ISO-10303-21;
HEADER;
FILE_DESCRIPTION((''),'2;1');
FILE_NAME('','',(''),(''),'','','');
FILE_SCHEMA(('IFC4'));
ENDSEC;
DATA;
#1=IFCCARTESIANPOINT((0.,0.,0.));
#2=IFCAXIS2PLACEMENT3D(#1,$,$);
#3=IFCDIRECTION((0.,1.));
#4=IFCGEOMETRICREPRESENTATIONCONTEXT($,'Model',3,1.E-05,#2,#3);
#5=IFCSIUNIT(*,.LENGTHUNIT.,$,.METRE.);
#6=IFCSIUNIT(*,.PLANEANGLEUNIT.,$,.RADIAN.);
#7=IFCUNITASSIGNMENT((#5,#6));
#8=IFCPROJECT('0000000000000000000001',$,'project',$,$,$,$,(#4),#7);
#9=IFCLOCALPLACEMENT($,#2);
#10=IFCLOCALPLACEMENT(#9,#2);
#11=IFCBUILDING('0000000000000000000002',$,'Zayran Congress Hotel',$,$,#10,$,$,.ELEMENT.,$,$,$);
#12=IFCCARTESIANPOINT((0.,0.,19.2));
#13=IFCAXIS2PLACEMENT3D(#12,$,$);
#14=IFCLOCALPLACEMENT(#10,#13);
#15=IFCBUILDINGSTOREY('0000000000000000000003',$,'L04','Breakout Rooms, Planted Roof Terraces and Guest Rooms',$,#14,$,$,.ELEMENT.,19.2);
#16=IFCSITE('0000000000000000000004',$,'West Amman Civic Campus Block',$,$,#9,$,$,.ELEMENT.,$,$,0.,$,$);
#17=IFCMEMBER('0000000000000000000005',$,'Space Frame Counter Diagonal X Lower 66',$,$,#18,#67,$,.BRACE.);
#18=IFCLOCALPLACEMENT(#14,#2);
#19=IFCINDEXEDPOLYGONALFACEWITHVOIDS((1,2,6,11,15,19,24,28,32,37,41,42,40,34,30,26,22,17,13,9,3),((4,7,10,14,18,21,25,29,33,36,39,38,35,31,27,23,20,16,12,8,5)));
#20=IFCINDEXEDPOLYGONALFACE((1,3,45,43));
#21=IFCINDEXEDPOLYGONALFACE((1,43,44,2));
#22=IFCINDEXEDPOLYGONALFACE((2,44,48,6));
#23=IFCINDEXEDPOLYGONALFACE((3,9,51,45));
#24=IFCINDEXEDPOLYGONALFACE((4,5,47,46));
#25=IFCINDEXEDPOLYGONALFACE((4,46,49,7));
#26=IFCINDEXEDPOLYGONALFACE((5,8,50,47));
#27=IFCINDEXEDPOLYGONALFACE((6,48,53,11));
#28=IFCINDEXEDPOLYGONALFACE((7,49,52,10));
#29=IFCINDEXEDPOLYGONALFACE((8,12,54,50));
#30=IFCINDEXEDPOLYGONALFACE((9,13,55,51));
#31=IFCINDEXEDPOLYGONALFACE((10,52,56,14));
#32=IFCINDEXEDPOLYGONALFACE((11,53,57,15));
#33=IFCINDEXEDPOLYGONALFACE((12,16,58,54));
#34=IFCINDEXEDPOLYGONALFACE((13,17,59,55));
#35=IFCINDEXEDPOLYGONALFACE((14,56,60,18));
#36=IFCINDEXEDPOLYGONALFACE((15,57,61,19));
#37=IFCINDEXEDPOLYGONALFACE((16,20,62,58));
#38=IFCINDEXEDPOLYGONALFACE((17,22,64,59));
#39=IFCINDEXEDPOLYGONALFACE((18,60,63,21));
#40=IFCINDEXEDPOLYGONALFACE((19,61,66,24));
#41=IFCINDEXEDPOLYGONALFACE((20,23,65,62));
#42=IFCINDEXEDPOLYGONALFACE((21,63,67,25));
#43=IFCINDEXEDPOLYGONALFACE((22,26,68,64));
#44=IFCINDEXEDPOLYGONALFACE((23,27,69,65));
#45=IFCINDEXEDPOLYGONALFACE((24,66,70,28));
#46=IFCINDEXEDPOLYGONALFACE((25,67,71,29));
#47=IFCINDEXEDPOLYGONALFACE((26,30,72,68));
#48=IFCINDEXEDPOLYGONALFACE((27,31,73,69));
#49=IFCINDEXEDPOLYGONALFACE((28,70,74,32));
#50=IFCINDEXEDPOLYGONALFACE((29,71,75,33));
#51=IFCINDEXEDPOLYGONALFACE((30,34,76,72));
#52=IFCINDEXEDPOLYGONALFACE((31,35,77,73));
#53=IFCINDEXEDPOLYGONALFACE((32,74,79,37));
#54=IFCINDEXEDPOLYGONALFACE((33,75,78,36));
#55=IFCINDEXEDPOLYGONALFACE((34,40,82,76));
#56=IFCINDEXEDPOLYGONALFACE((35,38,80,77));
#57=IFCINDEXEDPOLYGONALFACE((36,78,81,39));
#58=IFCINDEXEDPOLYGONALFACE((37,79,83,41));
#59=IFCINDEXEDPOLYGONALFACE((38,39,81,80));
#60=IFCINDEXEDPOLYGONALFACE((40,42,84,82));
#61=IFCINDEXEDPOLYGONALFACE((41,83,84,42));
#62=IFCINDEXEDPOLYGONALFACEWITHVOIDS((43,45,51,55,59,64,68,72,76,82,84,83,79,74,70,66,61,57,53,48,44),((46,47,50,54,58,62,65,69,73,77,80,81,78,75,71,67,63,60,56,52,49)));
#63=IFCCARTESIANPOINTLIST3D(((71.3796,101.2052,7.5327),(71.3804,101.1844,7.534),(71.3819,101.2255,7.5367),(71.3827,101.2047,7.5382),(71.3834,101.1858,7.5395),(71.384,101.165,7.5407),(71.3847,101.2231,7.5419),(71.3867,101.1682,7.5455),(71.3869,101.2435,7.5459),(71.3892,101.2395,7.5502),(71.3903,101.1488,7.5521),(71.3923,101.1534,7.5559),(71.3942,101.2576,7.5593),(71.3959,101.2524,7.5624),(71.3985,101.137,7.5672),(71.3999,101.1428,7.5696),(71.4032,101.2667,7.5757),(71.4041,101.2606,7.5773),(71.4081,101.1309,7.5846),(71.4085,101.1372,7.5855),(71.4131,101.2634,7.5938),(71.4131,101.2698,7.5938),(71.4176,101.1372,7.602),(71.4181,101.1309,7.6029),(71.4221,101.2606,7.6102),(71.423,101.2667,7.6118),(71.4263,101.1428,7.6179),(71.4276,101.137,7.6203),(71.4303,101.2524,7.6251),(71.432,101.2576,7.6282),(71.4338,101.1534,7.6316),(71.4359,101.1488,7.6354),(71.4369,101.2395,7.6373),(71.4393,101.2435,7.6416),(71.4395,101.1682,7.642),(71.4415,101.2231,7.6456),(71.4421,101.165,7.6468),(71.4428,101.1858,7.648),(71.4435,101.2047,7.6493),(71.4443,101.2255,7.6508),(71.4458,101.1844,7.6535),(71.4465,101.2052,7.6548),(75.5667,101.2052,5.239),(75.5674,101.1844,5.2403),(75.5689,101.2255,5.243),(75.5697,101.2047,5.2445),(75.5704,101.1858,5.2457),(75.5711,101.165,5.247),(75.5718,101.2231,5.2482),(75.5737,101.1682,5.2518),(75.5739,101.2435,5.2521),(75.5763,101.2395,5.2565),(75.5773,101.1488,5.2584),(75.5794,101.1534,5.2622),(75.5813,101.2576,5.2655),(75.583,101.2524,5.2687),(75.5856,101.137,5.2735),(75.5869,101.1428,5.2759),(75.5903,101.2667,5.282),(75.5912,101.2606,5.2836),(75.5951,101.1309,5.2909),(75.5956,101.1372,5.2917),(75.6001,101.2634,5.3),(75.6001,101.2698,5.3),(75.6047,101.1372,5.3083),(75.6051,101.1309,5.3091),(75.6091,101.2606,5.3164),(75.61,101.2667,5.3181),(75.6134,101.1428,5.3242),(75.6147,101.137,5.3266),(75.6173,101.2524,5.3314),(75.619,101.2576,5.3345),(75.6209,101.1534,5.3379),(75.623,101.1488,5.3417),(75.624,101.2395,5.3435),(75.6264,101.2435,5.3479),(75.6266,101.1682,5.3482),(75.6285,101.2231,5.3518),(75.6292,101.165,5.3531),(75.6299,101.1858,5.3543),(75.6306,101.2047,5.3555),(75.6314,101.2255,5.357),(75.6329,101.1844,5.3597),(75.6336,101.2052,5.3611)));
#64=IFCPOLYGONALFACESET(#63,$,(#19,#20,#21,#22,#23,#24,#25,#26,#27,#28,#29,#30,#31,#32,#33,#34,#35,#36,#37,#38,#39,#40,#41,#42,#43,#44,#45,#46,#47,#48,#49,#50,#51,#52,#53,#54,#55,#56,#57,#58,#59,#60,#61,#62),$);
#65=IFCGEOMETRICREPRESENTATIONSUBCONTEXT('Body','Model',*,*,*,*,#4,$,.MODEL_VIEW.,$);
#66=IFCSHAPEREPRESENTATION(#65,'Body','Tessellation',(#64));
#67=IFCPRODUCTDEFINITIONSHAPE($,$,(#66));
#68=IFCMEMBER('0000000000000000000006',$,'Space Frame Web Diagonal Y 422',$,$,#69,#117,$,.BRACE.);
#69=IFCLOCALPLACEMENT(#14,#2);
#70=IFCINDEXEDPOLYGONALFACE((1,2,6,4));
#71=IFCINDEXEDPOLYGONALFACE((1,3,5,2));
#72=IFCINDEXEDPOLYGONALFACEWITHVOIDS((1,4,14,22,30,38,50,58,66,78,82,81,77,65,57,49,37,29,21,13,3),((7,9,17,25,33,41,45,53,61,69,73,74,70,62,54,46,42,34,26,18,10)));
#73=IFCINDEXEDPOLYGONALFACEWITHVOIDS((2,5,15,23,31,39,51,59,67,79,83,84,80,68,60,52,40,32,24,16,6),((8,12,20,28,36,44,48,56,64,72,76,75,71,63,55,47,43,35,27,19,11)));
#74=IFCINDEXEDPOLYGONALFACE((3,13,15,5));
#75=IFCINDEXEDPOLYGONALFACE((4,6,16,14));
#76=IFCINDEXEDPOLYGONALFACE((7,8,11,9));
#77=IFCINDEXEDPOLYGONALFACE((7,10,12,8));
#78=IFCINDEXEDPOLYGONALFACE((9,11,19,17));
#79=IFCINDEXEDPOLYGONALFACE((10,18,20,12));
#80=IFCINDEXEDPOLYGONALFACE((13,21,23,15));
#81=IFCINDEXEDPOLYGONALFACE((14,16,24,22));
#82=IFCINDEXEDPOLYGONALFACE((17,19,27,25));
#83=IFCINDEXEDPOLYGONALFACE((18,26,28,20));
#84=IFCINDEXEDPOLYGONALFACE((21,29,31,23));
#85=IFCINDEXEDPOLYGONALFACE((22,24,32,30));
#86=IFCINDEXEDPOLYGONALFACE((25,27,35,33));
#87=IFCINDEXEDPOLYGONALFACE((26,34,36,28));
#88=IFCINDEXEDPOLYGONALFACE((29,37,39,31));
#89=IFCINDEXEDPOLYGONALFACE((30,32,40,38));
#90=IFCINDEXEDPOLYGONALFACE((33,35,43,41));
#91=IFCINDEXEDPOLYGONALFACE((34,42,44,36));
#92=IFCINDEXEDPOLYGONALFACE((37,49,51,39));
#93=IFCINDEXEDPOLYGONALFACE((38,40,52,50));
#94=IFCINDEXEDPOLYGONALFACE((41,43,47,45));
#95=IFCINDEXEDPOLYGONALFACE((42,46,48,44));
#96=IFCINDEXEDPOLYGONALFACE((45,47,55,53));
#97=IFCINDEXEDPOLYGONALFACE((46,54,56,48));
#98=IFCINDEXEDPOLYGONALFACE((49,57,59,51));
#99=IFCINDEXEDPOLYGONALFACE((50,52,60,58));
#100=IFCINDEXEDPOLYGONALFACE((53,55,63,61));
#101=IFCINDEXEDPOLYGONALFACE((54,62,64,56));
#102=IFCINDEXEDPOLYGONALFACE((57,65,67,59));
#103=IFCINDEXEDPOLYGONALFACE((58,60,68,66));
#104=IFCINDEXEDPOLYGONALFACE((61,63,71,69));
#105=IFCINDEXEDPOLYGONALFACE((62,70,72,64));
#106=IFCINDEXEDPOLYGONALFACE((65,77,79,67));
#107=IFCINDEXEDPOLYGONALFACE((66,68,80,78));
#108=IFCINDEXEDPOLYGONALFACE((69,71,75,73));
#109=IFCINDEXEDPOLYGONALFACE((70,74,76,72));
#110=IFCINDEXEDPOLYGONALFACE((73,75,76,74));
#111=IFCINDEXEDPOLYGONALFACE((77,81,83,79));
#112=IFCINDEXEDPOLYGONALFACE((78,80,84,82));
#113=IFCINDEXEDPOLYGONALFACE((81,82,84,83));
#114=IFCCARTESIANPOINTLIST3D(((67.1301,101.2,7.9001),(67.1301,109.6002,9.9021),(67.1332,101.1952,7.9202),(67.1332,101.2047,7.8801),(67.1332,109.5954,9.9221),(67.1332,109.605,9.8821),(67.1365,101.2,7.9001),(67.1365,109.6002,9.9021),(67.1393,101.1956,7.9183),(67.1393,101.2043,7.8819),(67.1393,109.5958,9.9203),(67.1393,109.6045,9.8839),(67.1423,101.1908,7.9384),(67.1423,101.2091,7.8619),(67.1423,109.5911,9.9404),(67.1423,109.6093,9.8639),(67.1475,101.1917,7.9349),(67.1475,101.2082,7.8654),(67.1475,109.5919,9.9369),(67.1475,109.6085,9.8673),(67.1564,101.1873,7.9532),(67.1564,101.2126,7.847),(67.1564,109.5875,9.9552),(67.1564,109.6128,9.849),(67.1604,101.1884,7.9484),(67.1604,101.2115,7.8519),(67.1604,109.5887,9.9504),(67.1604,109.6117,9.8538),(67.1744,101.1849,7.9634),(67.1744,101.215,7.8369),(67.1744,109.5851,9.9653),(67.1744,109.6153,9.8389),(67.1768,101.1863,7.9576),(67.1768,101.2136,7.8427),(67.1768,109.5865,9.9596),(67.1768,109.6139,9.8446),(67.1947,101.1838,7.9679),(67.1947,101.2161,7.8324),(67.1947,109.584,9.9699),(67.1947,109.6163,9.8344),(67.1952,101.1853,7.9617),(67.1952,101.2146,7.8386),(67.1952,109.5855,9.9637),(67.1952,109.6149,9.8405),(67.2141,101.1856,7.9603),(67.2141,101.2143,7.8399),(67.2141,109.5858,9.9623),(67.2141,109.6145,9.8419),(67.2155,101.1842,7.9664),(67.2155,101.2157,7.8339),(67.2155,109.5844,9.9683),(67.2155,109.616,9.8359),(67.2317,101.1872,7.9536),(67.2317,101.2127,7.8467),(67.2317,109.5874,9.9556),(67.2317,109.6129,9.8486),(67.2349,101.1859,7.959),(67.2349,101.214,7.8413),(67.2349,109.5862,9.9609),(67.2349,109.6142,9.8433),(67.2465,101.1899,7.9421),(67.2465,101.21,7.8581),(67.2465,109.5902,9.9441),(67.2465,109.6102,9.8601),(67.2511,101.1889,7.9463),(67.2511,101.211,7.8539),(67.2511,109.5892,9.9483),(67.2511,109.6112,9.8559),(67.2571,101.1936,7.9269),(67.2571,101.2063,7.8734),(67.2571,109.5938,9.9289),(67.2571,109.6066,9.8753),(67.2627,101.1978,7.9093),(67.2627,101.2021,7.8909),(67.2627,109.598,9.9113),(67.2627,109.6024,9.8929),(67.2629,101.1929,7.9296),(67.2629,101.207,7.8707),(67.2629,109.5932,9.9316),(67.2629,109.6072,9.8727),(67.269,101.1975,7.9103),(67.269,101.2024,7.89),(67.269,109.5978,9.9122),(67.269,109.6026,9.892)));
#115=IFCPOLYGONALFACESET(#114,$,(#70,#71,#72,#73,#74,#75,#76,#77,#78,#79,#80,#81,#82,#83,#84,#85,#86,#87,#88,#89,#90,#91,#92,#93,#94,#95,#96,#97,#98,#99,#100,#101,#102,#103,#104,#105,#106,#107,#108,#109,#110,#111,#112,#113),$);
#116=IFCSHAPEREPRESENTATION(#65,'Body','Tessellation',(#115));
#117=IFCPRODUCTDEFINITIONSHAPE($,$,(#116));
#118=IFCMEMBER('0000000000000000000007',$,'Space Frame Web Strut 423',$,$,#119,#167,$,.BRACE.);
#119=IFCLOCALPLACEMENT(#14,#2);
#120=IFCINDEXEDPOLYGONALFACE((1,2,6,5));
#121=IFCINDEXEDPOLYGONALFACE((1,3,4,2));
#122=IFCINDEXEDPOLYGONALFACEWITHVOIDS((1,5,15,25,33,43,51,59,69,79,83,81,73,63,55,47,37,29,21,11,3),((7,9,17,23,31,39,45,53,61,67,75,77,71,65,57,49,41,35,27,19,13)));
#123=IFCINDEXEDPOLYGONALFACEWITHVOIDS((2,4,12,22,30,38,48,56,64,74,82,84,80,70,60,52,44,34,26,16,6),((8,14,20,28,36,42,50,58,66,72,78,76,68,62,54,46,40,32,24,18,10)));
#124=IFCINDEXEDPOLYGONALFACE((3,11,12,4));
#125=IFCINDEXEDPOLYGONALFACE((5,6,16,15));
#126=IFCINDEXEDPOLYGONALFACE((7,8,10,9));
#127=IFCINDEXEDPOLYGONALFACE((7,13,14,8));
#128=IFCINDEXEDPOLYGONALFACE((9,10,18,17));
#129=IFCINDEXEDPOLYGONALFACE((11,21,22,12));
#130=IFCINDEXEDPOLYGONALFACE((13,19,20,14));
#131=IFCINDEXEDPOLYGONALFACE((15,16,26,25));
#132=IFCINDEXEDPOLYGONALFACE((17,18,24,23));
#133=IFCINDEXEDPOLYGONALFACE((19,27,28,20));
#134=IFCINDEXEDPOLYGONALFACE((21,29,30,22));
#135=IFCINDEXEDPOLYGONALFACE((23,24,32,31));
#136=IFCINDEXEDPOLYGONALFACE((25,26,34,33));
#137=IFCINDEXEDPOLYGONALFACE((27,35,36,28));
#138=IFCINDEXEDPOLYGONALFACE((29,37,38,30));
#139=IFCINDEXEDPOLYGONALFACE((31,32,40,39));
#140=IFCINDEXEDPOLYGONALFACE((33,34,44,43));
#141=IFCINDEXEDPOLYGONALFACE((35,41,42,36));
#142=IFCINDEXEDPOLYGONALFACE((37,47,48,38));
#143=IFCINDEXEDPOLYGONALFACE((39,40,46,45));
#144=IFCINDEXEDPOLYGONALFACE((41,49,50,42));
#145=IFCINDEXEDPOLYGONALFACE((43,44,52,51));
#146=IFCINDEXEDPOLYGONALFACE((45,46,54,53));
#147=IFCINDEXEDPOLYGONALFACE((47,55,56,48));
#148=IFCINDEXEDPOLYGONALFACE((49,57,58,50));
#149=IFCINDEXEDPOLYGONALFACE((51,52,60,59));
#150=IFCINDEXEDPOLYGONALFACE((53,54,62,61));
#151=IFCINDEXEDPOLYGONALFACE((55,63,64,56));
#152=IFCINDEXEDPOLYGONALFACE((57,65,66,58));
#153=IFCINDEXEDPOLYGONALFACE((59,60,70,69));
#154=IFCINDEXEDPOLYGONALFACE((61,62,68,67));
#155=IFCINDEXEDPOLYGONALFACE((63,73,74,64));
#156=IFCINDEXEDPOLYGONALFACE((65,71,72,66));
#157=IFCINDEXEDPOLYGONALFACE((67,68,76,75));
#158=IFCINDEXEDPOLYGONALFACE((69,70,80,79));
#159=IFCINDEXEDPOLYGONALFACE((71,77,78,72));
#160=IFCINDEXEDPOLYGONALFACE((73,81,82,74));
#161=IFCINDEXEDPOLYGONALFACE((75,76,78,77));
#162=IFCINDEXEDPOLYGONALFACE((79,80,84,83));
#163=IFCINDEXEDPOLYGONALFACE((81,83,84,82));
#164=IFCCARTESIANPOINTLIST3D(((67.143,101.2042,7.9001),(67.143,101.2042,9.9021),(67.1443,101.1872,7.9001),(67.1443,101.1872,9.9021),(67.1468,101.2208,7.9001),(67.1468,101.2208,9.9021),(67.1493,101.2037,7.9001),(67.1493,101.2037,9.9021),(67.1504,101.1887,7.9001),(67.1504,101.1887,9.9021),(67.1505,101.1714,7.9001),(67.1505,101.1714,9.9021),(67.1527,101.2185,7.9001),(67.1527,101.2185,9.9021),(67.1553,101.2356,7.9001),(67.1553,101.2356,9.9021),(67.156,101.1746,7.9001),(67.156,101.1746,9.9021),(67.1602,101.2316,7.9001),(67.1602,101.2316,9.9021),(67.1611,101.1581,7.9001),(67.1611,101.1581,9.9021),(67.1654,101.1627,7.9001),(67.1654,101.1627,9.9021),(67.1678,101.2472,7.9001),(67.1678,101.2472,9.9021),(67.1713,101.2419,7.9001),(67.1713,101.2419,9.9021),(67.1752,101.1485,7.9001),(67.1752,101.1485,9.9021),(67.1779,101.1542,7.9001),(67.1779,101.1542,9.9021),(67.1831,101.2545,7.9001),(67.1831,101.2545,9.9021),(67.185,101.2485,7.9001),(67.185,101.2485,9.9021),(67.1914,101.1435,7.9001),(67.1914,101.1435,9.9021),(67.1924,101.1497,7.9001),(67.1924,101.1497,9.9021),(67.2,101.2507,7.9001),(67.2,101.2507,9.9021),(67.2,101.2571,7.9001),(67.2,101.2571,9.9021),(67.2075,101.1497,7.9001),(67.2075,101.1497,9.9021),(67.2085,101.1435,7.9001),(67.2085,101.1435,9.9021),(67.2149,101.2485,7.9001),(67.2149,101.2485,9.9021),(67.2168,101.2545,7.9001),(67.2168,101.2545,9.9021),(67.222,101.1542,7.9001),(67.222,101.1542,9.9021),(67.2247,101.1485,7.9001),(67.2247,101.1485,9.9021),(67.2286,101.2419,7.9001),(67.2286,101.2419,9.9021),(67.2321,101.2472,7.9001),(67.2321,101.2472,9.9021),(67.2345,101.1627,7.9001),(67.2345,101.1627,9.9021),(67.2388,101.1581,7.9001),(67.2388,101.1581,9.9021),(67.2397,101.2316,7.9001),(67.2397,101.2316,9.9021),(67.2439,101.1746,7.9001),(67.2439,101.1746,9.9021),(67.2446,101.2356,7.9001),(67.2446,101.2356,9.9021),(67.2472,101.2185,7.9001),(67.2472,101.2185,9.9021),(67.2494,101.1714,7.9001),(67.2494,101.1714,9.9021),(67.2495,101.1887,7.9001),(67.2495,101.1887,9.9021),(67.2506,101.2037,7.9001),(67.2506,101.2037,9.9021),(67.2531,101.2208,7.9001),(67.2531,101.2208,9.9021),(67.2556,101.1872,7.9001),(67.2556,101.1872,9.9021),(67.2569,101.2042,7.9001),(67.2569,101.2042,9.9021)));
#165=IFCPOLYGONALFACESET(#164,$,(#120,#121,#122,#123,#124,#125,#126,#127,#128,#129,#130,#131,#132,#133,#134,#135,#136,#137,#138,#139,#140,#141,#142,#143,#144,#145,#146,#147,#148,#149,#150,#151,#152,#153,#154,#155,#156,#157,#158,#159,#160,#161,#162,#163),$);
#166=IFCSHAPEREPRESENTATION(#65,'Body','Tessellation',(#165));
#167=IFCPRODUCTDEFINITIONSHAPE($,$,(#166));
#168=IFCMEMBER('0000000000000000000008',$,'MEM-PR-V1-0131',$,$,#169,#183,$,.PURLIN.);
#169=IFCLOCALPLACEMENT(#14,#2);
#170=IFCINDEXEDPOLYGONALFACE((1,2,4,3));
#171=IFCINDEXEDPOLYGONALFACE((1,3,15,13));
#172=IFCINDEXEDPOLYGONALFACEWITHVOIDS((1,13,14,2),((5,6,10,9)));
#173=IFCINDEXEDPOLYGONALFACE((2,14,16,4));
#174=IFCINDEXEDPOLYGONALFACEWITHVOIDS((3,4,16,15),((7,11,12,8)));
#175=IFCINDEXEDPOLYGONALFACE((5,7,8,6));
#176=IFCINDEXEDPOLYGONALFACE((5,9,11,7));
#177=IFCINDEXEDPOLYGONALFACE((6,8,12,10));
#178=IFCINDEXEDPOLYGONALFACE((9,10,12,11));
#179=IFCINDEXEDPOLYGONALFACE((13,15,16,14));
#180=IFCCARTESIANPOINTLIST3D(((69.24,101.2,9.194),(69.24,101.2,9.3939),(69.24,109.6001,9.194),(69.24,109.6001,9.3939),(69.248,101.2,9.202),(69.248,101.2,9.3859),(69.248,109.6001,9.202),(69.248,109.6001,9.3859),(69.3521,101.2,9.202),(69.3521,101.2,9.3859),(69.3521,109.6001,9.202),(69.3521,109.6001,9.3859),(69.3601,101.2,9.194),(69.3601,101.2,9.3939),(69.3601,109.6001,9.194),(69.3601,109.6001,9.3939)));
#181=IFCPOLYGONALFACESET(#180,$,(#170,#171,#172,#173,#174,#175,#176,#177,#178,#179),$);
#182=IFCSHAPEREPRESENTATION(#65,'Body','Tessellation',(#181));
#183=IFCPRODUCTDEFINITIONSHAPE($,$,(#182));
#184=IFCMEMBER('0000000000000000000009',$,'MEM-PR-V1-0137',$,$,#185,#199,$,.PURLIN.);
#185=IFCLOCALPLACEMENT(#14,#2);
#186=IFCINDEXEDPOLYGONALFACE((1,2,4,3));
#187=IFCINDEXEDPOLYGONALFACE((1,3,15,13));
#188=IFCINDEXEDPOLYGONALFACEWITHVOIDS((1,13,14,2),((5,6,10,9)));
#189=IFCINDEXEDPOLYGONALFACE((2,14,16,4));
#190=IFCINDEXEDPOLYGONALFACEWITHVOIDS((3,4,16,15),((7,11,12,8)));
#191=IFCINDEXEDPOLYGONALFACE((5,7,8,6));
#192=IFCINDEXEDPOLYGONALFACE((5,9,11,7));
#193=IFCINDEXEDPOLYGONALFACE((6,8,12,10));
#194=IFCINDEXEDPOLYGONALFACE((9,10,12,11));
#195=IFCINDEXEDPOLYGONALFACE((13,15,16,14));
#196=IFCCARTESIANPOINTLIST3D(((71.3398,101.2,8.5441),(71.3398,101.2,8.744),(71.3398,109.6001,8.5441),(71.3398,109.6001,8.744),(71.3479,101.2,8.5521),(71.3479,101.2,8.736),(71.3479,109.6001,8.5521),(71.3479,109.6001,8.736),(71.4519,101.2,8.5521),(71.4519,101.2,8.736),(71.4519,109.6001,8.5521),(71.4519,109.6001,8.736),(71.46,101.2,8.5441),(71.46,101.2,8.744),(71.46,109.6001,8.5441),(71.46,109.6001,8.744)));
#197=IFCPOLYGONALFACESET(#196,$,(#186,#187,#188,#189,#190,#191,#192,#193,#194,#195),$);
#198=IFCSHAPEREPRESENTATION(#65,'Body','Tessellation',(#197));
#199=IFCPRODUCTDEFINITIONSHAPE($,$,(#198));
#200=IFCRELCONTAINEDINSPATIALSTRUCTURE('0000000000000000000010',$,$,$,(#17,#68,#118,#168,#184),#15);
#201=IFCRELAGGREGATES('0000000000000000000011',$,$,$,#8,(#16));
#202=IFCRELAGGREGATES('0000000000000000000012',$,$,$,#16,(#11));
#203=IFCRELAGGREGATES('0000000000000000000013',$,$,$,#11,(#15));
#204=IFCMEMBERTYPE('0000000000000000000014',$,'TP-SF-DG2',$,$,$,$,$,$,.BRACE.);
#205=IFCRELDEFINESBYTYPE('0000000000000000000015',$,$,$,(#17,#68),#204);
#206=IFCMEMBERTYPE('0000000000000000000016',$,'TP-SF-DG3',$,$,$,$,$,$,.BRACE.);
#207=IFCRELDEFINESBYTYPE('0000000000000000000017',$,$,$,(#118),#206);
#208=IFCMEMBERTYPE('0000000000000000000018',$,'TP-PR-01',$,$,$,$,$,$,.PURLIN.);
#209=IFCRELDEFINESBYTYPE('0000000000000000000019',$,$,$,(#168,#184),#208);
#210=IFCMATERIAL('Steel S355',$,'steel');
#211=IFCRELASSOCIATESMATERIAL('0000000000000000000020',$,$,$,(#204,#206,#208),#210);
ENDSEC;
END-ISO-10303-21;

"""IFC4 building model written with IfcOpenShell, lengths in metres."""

from ifc_helpers import new_model, si_unit, direction, frame, origin, origin_2d, place, context, subcontext, project, spatial, hollow_rectangle, hollow_circle, extrude, material, material_profile, profile_set, type_object, element, save


model = new_model("IFC4")

# Units and contexts
model_context = context("Model", 3, precision=1e-05, world=origin(), true_north=direction((0.0, 1.0)))
body_context = subcontext(model_context, "Body", "Model", "MODEL_VIEW")
ifc_project = project(units=[si_unit("LENGTHUNIT", "METRE"), si_unit("PLANEANGLEUNIT", "RADIAN")], contexts=[model_context])

# Site, building, storey
site_placement = place(None, origin())
site = spatial("IfcSite", under=ifc_project, at=site_placement, Name="West Amman Civic Campus Block", CompositionType="ELEMENT", RefElevation=0.0)
building_placement = place(site_placement, origin())
building = spatial("IfcBuilding", under=site, at=building_placement, Name="Zayran Congress Hotel", CompositionType="ELEMENT")
storey_placement = place(building_placement, frame((0.0, 0.0, 19.2)))
storey = spatial("IfcBuildingStorey", under=building, at=storey_placement, Name="L04", Description="Breakout Rooms, Planted Roof Terraces and Guest Rooms", CompositionType="ELEMENT", Elevation=19.2)

# Members
ifc_material_1 = material(Name="Steel S355", Category="steel")
ifc_material_profile_1 = material_profile(ifc_material_1, hollow_circle(Radius=0.0698, WallThickness=0.0063, at=origin_2d()), Name="CHS 139.7x6.3")
ifc_profile_set_1 = profile_set([ifc_material_profile_1], Name="Steel S355")
member_type_1 = type_object("IfcMemberType", Name="TP-SF-DG2", PredefinedType="BRACE", material=ifc_profile_set_1)
member_1_placement = place(storey_placement, frame((71.4131, 101.2, 7.5938), z_axis=(0.877024, 0.0, -0.480446), x_axis=(0.0, 1.0, 0.0)))
element("IfcMember", 1, at=member_1_placement, inside=storey, type_object=member_type_1, Name="Space Frame Counter Diagonal X Lower 66", PredefinedType="BRACE", context=body_context, shape_type="SweptSolid", body=[
    extrude(hollow_circle(Radius=0.0698, WallThickness=0.0063, at=origin_2d()), origin(), (0.0, 0.0, 1.0), 4.7742),
])
member_2_placement = place(storey_placement, frame((67.2, 101.2, 7.9001), z_axis=(0.0, 0.972756, 0.231831), x_axis=(-1.0, 0.0, 0.0)))
element("IfcMember", 2, at=member_2_placement, inside=storey, type_object=member_type_1, Name="Space Frame Web Diagonal Y 422", PredefinedType="BRACE", context=body_context, shape_type="SweptSolid", body=[
    extrude(hollow_circle(Radius=0.0698, WallThickness=0.0063, at=origin_2d()), origin(), (0.0, 0.0, 1.0), 8.6355),
])
ifc_material_profile_2 = material_profile(ifc_material_1, hollow_circle(Radius=0.0571, WallThickness=0.0063, at=origin_2d()), Name="CHS 114.3x6.3")
ifc_profile_set_2 = profile_set([ifc_material_profile_2], Name="Steel S355")
member_type_2 = type_object("IfcMemberType", Name="TP-SF-DG3", PredefinedType="BRACE", material=ifc_profile_set_2)
member_3_placement = place(storey_placement, frame((67.2, 101.2, 7.9001), z_axis=(0.0, 0.0, 1.0), x_axis=(0.0, 1.0, 0.0)))
element("IfcMember", 3, at=member_3_placement, inside=storey, type_object=member_type_2, Name="Space Frame Web Strut 423", PredefinedType="BRACE", context=body_context, shape_type="SweptSolid", body=[
    extrude(hollow_circle(Radius=0.0571, WallThickness=0.0063, at=origin_2d()), origin(), (0.0, 0.0, 1.0), 2.002),
])
ifc_material_profile_3 = material_profile(ifc_material_1, hollow_rectangle(XDim=0.1201, YDim=0.2, WallThickness=0.0081, at=origin_2d()), Name="RHS 200x120x8")
ifc_profile_set_3 = profile_set([ifc_material_profile_3], Name="Steel S355")
member_type_3 = type_object("IfcMemberType", Name="TP-PR-01", PredefinedType="PURLIN", material=ifc_profile_set_3)
for number, where, z_axis, x_axis, name in (
    (4, (69.3, 101.2, 9.2939), (0.0, 1.0, 0.0), (-1.0, 0.0, 0.0), "MEM-PR-V1-0131"),
    (5, (71.3999, 101.2, 8.644), (0.0, 1.0, 0.0), (-1.0, 0.0, 0.0), "MEM-PR-V1-0137"),
):
    element("IfcMember", number, at=place(storey_placement, frame(where, z_axis=z_axis, x_axis=x_axis)), inside=storey, type_object=member_type_3, Name=name, PredefinedType="PURLIN", context=body_context, shape_type="SweptSolid", body=[
        extrude(hollow_rectangle(XDim=0.1201, YDim=0.2, WallThickness=0.0081, at=origin_2d()), origin(), (0.0, 0.0, 1.0), 8.4001),
    ])

save(model, "model.ifc")
